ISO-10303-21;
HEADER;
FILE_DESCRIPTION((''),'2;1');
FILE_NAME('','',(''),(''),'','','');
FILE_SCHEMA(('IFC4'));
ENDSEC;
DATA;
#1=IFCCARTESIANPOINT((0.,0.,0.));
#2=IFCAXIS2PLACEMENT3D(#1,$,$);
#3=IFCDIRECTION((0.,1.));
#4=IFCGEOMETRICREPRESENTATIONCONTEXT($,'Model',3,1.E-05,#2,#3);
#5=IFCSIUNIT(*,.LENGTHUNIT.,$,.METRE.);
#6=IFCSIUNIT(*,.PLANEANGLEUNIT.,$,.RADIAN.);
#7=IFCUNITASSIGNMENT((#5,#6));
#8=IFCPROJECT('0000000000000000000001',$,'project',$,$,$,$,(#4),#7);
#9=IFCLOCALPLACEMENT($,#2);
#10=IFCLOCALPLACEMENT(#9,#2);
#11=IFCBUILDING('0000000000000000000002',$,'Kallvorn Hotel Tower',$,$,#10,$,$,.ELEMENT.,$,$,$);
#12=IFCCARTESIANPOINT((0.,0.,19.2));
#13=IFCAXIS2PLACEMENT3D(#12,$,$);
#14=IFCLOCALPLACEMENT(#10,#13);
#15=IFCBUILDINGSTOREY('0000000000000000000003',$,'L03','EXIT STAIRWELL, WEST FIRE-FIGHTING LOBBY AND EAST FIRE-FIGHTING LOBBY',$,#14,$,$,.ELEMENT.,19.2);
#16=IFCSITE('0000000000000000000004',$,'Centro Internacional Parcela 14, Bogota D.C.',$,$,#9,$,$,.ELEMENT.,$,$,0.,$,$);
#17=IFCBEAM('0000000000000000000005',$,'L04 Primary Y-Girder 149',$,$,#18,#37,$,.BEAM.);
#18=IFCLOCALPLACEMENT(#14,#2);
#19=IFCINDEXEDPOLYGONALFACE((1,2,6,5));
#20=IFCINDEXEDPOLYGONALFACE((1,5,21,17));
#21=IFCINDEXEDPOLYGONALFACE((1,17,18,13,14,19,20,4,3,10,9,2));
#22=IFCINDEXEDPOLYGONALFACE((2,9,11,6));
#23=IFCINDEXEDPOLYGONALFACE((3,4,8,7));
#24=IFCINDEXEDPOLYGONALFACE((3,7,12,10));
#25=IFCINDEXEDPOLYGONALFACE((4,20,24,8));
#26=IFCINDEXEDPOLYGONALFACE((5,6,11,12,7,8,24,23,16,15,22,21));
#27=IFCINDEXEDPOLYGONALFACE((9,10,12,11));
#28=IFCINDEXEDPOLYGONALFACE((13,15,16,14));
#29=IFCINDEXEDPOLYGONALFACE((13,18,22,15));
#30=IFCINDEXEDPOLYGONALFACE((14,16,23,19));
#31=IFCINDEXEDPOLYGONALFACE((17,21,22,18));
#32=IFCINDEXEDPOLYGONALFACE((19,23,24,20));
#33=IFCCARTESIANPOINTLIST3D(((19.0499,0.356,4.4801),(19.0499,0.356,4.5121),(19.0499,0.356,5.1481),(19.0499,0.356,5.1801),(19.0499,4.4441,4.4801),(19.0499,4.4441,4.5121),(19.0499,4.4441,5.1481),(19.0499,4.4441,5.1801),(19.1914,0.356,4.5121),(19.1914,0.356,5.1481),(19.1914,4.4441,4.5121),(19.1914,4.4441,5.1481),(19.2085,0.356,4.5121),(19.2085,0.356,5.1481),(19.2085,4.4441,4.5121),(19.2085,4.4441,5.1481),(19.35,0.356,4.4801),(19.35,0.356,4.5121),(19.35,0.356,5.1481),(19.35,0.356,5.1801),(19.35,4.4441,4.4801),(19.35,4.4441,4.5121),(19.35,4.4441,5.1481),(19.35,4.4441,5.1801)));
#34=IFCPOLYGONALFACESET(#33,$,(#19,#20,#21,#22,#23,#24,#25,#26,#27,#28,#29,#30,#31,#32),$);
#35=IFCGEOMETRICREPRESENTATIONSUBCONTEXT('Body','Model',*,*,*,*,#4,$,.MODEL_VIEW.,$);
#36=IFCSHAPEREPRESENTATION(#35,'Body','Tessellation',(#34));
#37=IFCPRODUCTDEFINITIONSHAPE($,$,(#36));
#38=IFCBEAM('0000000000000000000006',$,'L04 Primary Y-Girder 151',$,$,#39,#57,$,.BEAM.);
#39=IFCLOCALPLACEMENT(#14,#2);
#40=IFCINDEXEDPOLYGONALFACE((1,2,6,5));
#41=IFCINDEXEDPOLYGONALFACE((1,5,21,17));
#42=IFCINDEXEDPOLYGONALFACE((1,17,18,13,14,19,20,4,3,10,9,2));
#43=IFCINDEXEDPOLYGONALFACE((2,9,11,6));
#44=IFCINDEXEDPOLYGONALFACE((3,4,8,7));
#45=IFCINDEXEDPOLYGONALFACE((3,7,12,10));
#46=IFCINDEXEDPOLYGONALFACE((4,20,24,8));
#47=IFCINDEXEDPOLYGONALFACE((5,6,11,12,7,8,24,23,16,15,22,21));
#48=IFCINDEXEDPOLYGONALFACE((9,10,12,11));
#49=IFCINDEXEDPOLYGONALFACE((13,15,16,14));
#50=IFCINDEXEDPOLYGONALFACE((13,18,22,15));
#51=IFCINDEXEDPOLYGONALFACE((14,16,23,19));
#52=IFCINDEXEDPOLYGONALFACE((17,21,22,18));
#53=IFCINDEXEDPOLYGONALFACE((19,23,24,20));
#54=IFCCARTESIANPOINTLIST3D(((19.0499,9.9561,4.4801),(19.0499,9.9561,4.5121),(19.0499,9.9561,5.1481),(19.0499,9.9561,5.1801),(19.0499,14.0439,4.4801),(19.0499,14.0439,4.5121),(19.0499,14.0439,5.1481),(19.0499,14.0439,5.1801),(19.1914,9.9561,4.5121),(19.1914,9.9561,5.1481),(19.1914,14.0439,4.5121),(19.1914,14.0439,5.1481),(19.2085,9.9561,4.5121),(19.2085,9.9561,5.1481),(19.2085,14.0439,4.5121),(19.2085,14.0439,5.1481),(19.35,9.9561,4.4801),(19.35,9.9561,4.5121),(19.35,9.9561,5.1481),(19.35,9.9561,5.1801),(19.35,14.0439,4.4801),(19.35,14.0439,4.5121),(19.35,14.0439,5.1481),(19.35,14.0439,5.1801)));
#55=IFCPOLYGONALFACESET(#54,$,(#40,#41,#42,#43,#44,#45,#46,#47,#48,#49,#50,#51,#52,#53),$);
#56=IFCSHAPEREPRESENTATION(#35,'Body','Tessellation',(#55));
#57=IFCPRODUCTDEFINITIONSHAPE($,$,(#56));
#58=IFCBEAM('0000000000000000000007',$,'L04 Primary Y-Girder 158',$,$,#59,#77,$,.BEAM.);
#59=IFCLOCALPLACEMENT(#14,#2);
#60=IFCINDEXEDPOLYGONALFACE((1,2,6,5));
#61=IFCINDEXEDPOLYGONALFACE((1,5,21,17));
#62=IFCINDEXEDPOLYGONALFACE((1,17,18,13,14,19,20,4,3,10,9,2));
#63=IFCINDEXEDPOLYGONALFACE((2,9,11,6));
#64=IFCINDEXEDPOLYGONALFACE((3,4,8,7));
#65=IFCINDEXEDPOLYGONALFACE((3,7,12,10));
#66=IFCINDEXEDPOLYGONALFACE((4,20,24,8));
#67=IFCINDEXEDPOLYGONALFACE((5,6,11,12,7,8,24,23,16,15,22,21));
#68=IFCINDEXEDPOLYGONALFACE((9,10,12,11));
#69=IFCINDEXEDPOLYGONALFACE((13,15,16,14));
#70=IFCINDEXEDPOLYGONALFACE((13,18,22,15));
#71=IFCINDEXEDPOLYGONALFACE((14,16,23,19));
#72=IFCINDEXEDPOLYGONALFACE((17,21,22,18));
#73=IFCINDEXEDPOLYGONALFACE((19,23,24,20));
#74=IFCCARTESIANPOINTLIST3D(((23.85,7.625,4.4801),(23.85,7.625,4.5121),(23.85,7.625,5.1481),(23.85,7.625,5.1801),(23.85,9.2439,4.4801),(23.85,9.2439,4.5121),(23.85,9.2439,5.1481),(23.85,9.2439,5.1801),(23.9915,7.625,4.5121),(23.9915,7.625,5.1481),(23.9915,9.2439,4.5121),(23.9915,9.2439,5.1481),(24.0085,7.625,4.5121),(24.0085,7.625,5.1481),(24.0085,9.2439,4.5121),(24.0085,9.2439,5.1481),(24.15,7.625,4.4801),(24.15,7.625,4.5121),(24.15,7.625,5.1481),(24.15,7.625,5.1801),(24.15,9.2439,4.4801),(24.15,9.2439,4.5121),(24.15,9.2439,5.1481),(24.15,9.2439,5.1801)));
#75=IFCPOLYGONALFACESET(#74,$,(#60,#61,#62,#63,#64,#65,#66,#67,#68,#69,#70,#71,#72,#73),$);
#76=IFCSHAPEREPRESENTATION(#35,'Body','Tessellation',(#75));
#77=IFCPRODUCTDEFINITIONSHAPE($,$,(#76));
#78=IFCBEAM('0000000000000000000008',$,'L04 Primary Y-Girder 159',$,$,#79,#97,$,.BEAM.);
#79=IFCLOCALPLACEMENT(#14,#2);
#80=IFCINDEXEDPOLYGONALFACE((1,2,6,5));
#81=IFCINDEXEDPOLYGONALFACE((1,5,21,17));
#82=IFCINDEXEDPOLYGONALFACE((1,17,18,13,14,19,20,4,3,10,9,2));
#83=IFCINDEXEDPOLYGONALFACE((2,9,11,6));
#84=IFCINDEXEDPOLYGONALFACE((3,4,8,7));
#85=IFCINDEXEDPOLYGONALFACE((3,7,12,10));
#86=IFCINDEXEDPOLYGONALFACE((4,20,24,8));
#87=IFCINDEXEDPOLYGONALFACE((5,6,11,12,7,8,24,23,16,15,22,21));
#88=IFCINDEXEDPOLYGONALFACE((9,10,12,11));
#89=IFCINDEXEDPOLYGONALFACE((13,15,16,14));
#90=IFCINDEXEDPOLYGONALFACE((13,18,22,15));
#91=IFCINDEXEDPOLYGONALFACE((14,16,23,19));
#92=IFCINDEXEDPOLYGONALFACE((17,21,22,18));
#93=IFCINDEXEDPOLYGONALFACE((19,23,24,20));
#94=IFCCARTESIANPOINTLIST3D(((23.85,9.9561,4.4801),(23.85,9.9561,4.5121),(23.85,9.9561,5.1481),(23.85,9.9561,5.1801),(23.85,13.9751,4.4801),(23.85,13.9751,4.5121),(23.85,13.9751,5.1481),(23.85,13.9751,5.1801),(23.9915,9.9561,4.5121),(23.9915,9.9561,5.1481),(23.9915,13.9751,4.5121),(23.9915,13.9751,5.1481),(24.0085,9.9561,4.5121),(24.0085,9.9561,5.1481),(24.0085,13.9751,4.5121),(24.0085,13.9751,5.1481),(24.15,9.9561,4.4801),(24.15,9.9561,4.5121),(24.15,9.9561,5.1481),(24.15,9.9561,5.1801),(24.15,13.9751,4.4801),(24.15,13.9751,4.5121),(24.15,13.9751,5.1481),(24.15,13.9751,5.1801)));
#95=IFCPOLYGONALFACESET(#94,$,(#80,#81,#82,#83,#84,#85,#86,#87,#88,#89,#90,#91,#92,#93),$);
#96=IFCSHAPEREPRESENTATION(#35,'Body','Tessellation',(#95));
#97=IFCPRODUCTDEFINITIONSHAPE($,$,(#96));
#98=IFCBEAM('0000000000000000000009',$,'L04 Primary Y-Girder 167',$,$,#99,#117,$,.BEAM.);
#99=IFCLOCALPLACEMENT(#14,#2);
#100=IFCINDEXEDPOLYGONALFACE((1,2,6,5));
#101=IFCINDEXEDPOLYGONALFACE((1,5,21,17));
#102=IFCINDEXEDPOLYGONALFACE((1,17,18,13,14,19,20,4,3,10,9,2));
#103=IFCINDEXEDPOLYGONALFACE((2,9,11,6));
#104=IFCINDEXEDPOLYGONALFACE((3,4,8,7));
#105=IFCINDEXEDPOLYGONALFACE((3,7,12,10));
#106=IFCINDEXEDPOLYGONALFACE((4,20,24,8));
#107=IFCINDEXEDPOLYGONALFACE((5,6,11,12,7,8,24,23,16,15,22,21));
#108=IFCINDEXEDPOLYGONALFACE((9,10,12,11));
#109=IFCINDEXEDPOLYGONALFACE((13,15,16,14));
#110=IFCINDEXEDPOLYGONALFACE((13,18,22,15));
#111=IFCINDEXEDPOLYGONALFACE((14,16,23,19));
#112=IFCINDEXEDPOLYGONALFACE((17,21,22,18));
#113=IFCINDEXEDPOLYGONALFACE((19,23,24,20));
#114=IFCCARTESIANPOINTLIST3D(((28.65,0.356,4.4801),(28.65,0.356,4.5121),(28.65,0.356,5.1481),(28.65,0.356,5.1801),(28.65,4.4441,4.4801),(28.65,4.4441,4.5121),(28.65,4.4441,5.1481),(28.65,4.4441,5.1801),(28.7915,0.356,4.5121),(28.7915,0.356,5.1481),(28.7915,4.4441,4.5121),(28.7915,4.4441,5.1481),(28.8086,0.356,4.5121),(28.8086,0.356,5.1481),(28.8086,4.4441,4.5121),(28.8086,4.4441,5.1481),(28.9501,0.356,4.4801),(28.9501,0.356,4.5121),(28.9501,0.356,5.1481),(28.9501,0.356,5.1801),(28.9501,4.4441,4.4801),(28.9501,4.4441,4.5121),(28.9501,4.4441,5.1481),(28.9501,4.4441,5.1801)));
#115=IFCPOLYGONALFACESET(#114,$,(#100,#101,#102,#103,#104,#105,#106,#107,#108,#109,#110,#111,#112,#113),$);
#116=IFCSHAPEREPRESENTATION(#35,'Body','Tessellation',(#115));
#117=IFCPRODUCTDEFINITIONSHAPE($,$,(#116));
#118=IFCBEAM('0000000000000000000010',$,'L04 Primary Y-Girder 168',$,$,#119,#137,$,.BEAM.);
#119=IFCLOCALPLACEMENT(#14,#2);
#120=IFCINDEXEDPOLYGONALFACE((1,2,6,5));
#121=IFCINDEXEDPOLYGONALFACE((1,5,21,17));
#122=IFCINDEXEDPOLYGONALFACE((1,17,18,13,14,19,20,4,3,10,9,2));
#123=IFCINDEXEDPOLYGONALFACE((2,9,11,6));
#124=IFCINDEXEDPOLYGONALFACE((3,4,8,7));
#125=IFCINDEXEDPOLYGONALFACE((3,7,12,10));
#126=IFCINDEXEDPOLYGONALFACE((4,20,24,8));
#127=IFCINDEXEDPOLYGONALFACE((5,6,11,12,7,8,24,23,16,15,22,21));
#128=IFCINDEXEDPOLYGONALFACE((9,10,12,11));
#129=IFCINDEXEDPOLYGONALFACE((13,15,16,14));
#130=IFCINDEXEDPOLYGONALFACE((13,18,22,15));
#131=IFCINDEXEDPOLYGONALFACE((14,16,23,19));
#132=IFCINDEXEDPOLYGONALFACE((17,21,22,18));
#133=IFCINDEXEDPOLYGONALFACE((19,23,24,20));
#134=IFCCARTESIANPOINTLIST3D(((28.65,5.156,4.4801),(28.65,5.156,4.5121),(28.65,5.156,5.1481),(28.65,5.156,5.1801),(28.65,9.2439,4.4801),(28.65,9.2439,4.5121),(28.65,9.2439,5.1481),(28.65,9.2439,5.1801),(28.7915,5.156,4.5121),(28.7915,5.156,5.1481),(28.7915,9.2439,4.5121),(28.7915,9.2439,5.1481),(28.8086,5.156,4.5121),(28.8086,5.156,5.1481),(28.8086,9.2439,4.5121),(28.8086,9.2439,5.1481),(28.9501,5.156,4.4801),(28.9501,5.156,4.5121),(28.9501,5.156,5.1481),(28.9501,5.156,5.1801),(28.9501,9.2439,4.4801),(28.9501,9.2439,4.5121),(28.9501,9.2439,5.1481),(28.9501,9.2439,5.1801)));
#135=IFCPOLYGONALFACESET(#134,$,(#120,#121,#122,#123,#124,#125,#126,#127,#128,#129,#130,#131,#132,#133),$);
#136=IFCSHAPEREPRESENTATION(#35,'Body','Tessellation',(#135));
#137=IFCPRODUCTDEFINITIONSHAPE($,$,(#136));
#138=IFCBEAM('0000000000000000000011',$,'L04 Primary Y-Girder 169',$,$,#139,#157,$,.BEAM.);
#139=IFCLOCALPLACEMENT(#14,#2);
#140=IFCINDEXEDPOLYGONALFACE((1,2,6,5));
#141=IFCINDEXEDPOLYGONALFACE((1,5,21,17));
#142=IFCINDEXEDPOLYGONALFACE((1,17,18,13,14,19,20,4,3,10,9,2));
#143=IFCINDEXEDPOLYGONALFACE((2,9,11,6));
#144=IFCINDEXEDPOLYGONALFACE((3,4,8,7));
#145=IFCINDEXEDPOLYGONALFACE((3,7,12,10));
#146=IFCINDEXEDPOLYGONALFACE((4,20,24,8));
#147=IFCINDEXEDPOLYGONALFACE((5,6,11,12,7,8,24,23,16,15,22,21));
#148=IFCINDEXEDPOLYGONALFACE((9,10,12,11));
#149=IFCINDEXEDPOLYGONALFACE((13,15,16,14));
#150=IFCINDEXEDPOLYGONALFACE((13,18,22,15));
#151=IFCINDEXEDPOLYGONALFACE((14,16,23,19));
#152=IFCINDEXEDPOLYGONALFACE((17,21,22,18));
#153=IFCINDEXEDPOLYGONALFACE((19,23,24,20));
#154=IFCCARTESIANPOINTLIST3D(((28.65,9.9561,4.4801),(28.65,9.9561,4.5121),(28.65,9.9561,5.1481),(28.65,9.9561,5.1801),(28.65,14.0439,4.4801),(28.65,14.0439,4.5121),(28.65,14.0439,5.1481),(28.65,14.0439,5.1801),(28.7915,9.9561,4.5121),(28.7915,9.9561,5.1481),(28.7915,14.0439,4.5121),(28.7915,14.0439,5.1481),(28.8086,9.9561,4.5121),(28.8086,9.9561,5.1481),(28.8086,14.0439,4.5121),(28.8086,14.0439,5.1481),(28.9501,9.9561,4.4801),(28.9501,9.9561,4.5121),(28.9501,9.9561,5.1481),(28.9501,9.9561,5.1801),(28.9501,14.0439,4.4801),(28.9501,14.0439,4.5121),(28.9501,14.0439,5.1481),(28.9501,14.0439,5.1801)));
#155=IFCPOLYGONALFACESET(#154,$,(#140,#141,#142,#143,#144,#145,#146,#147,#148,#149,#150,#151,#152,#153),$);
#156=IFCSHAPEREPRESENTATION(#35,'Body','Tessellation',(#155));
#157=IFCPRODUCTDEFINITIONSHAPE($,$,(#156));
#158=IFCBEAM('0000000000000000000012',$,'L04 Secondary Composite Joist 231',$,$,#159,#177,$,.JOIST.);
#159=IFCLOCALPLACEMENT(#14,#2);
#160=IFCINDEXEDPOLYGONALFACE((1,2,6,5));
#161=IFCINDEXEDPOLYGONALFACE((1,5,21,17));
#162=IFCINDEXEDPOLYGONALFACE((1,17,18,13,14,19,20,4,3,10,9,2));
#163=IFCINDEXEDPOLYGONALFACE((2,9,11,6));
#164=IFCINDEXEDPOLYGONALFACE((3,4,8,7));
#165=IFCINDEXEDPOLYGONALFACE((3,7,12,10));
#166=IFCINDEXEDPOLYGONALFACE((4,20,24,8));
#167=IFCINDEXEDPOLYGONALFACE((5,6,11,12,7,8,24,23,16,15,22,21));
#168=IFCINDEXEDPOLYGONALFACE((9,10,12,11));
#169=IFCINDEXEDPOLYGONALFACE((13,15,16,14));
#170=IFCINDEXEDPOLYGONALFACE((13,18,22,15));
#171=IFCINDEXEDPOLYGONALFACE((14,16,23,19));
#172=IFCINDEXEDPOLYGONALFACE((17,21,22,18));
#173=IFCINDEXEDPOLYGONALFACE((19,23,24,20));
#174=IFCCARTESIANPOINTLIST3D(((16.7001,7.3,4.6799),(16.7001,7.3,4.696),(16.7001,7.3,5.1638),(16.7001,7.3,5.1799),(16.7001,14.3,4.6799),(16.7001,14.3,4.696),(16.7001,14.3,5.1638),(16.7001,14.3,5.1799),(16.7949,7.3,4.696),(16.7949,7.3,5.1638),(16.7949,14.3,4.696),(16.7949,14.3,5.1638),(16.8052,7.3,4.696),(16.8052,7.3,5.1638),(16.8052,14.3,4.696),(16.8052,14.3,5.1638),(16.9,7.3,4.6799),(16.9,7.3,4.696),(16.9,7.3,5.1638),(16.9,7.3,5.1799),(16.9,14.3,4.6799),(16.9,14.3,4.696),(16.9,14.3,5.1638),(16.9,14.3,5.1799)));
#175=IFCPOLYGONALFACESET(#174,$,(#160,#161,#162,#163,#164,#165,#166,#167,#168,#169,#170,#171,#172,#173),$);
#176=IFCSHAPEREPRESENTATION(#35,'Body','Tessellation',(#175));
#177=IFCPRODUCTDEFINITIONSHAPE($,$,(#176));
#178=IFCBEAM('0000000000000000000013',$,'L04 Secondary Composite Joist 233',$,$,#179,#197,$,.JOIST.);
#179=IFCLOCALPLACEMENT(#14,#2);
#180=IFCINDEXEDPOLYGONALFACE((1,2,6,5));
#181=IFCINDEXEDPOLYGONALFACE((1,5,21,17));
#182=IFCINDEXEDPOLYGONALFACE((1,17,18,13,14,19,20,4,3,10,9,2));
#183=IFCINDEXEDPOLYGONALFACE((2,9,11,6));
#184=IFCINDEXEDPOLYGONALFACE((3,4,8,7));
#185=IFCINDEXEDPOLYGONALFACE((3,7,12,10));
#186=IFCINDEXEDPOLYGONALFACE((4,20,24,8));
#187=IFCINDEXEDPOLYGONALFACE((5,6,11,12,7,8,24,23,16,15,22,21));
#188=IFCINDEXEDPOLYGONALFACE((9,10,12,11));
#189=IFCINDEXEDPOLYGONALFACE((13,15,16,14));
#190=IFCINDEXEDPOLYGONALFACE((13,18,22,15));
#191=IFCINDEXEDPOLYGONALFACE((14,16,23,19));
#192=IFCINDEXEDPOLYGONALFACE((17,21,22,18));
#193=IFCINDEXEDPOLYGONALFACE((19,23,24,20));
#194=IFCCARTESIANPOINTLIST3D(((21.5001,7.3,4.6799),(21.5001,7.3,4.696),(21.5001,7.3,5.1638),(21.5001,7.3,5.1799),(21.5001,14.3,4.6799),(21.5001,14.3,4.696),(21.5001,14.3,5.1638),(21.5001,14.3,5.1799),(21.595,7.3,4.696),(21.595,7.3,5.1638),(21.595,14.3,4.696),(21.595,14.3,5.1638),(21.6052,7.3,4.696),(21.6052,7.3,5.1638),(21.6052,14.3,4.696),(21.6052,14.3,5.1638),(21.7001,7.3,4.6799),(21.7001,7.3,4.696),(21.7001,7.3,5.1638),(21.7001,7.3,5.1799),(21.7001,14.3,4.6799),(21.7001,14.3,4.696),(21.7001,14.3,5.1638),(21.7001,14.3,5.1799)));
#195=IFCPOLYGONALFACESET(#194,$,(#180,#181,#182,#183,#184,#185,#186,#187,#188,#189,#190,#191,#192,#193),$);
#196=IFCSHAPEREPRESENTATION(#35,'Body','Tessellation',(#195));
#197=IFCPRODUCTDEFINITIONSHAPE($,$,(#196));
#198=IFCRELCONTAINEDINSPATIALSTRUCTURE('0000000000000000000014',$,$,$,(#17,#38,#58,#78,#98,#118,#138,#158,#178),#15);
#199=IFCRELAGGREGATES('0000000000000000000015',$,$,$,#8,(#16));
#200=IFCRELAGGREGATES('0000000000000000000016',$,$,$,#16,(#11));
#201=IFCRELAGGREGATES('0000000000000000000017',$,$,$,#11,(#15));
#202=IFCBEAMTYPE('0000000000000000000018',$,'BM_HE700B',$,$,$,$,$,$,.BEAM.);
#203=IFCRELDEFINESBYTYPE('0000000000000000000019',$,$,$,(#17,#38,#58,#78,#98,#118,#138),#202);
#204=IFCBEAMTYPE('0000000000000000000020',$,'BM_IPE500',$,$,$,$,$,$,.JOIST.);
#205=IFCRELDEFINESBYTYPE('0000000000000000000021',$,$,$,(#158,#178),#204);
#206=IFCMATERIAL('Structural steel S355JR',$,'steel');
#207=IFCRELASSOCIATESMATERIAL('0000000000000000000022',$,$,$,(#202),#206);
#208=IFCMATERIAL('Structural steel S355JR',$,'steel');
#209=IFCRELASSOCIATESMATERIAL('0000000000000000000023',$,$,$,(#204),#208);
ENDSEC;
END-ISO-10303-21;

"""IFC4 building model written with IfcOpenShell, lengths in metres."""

from ifc_helpers import new_model, si_unit, direction, frame, origin, origin_2d, place, context, subcontext, project, spatial, i_section, extrude, material, material_profile, profile_set, type_object, element, save


model = new_model("IFC4")

# Units and contexts
model_context = context("Model", 3, precision=1e-05, world=origin(), true_north=direction((0.0, 1.0)))
body_context = subcontext(model_context, "Body", "Model", "MODEL_VIEW")
ifc_project = project(units=[si_unit("LENGTHUNIT", "METRE"), si_unit("PLANEANGLEUNIT", "RADIAN")], contexts=[model_context])

# Site, building, storey
site_placement = place(None, origin())
site = spatial("IfcSite", under=ifc_project, at=site_placement, Name="Centro Internacional Parcela 14, Bogota D.C.", CompositionType="ELEMENT", RefElevation=0.0)
building_placement = place(site_placement, origin())
building = spatial("IfcBuilding", under=site, at=building_placement, Name="Kallvorn Hotel Tower", CompositionType="ELEMENT")
storey_placement = place(building_placement, frame((0.0, 0.0, 19.2)))
storey = spatial("IfcBuildingStorey", under=building, at=storey_placement, Name="L03", Description="EXIT STAIRWELL, WEST FIRE-FIGHTING LOBBY AND EAST FIRE-FIGHTING LOBBY", CompositionType="ELEMENT", Elevation=19.2)

# Beams
ifc_material_1 = material(Name="Structural steel S355JR", Category="steel")
ifc_material_profile_1 = material_profile(ifc_material_1, i_section(OverallWidth=0.3, OverallDepth=0.7, WebThickness=0.0171, FlangeThickness=0.032, at=origin_2d()), Name="HE 700 B")
ifc_profile_set_1 = profile_set([ifc_material_profile_1], Name="Structural steel S355JR")
beam_type_1 = type_object("IfcBeamType", Name="BM_HE700B", PredefinedType="BEAM", material=ifc_profile_set_1)
beam_1_placement = place(storey_placement, frame((19.2, 0.356, 4.8301), z_axis=(0.0, 1.0, 0.0), x_axis=(-1.0, 0.0, 0.0)))
element("IfcBeam", 1, at=beam_1_placement, inside=storey, type_object=beam_type_1, Name="L04 Primary Y-Girder 149", PredefinedType="BEAM", context=body_context, shape_type="SweptSolid", body=[
    extrude(i_section(OverallWidth=0.3, OverallDepth=0.7, WebThickness=0.0171, FlangeThickness=0.032, at=origin_2d()), origin(), (0.0, 0.0, 1.0), 4.0881),
])
beam_2_placement = place(storey_placement, frame((19.2, 9.9561, 4.8301), z_axis=(0.0, 1.0, 0.0), x_axis=(-1.0, 0.0, 0.0)))
element("IfcBeam", 2, at=beam_2_placement, inside=storey, type_object=beam_type_1, Name="L04 Primary Y-Girder 151", PredefinedType="BEAM", context=body_context, shape_type="SweptSolid", body=[
    extrude(i_section(OverallWidth=0.3, OverallDepth=0.7, WebThickness=0.0171, FlangeThickness=0.032, at=origin_2d()), origin(), (0.0, 0.0, 1.0), 4.0879),
])
beam_3_placement = place(storey_placement, frame((24.0, 7.625, 4.8301), z_axis=(0.0, 1.0, 0.0), x_axis=(-1.0, 0.0, 0.0)))
element("IfcBeam", 3, at=beam_3_placement, inside=storey, type_object=beam_type_1, Name="L04 Primary Y-Girder 158", PredefinedType="BEAM", context=body_context, shape_type="SweptSolid", body=[
    extrude(i_section(OverallWidth=0.3, OverallDepth=0.7, WebThickness=0.0171, FlangeThickness=0.032, at=origin_2d()), origin(), (0.0, 0.0, 1.0), 1.6189),
])
beam_4_placement = place(storey_placement, frame((24.0, 9.9561, 4.8301), z_axis=(0.0, 1.0, 0.0), x_axis=(-1.0, 0.0, 0.0)))
element("IfcBeam", 4, at=beam_4_placement, inside=storey, type_object=beam_type_1, Name="L04 Primary Y-Girder 159", PredefinedType="BEAM", context=body_context, shape_type="SweptSolid", body=[
    extrude(i_section(OverallWidth=0.3, OverallDepth=0.7, WebThickness=0.0171, FlangeThickness=0.032, at=origin_2d()), origin(), (0.0, 0.0, 1.0), 4.019),
])
beam_5_placement = place(storey_placement, frame((28.8, 0.356, 4.8301), z_axis=(0.0, 1.0, 0.0), x_axis=(-1.0, 0.0, 0.0)))
element("IfcBeam", 5, at=beam_5_placement, inside=storey, type_object=beam_type_1, Name="L04 Primary Y-Girder 167", PredefinedType="BEAM", context=body_context, shape_type="SweptSolid", body=[
    extrude(i_section(OverallWidth=0.3, OverallDepth=0.7, WebThickness=0.0171, FlangeThickness=0.032, at=origin_2d()), origin(), (0.0, 0.0, 1.0), 4.0881),
])
for number, where, z_axis, x_axis, name in (
    (6, (28.8, 5.156, 4.8301), (0.0, 1.0, 0.0), (-1.0, 0.0, 0.0), "L04 Primary Y-Girder 168"),
    (7, (28.8, 9.9561, 4.8301), (0.0, 1.0, 0.0), (-1.0, 0.0, 0.0), "L04 Primary Y-Girder 169"),
):
    element("IfcBeam", number, at=place(storey_placement, frame(where, z_axis=z_axis, x_axis=x_axis)), inside=storey, type_object=beam_type_1, Name=name, PredefinedType="BEAM", context=body_context, shape_type="SweptSolid", body=[
        extrude(i_section(OverallWidth=0.3, OverallDepth=0.7, WebThickness=0.0171, FlangeThickness=0.032, at=origin_2d()), origin(), (0.0, 0.0, 1.0), 4.0879),
    ])
ifc_material_2 = material(Name="Structural steel S355JR", Category="steel")
ifc_material_profile_2 = material_profile(ifc_material_2, i_section(OverallWidth=0.2, OverallDepth=0.5, WebThickness=0.0103, FlangeThickness=0.0161, at=origin_2d()), Name="IPE 500")
ifc_profile_set_2 = profile_set([ifc_material_profile_2], Name="Structural steel S355JR")
beam_type_2 = type_object("IfcBeamType", Name="BM_IPE500", PredefinedType="JOIST", material=ifc_profile_set_2)
for number, where, z_axis, x_axis, name in (
    (8, (16.8, 7.3, 4.9299), (0.0, 1.0, 0.0), (-1.0, 0.0, 0.0), "L04 Secondary Composite Joist 231"),
    (9, (21.6001, 7.3, 4.9299), (0.0, 1.0, 0.0), (-1.0, 0.0, 0.0), "L04 Secondary Composite Joist 233"),
):
    element("IfcBeam", number, at=place(storey_placement, frame(where, z_axis=z_axis, x_axis=x_axis)), inside=storey, type_object=beam_type_2, Name=name, PredefinedType="JOIST", context=body_context, shape_type="SweptSolid", body=[
        extrude(i_section(OverallWidth=0.2, OverallDepth=0.5, WebThickness=0.0103, FlangeThickness=0.0161, at=origin_2d()), origin(), (0.0, 0.0, 1.0), 7.0),
    ])

save(model, "model.ifc")
